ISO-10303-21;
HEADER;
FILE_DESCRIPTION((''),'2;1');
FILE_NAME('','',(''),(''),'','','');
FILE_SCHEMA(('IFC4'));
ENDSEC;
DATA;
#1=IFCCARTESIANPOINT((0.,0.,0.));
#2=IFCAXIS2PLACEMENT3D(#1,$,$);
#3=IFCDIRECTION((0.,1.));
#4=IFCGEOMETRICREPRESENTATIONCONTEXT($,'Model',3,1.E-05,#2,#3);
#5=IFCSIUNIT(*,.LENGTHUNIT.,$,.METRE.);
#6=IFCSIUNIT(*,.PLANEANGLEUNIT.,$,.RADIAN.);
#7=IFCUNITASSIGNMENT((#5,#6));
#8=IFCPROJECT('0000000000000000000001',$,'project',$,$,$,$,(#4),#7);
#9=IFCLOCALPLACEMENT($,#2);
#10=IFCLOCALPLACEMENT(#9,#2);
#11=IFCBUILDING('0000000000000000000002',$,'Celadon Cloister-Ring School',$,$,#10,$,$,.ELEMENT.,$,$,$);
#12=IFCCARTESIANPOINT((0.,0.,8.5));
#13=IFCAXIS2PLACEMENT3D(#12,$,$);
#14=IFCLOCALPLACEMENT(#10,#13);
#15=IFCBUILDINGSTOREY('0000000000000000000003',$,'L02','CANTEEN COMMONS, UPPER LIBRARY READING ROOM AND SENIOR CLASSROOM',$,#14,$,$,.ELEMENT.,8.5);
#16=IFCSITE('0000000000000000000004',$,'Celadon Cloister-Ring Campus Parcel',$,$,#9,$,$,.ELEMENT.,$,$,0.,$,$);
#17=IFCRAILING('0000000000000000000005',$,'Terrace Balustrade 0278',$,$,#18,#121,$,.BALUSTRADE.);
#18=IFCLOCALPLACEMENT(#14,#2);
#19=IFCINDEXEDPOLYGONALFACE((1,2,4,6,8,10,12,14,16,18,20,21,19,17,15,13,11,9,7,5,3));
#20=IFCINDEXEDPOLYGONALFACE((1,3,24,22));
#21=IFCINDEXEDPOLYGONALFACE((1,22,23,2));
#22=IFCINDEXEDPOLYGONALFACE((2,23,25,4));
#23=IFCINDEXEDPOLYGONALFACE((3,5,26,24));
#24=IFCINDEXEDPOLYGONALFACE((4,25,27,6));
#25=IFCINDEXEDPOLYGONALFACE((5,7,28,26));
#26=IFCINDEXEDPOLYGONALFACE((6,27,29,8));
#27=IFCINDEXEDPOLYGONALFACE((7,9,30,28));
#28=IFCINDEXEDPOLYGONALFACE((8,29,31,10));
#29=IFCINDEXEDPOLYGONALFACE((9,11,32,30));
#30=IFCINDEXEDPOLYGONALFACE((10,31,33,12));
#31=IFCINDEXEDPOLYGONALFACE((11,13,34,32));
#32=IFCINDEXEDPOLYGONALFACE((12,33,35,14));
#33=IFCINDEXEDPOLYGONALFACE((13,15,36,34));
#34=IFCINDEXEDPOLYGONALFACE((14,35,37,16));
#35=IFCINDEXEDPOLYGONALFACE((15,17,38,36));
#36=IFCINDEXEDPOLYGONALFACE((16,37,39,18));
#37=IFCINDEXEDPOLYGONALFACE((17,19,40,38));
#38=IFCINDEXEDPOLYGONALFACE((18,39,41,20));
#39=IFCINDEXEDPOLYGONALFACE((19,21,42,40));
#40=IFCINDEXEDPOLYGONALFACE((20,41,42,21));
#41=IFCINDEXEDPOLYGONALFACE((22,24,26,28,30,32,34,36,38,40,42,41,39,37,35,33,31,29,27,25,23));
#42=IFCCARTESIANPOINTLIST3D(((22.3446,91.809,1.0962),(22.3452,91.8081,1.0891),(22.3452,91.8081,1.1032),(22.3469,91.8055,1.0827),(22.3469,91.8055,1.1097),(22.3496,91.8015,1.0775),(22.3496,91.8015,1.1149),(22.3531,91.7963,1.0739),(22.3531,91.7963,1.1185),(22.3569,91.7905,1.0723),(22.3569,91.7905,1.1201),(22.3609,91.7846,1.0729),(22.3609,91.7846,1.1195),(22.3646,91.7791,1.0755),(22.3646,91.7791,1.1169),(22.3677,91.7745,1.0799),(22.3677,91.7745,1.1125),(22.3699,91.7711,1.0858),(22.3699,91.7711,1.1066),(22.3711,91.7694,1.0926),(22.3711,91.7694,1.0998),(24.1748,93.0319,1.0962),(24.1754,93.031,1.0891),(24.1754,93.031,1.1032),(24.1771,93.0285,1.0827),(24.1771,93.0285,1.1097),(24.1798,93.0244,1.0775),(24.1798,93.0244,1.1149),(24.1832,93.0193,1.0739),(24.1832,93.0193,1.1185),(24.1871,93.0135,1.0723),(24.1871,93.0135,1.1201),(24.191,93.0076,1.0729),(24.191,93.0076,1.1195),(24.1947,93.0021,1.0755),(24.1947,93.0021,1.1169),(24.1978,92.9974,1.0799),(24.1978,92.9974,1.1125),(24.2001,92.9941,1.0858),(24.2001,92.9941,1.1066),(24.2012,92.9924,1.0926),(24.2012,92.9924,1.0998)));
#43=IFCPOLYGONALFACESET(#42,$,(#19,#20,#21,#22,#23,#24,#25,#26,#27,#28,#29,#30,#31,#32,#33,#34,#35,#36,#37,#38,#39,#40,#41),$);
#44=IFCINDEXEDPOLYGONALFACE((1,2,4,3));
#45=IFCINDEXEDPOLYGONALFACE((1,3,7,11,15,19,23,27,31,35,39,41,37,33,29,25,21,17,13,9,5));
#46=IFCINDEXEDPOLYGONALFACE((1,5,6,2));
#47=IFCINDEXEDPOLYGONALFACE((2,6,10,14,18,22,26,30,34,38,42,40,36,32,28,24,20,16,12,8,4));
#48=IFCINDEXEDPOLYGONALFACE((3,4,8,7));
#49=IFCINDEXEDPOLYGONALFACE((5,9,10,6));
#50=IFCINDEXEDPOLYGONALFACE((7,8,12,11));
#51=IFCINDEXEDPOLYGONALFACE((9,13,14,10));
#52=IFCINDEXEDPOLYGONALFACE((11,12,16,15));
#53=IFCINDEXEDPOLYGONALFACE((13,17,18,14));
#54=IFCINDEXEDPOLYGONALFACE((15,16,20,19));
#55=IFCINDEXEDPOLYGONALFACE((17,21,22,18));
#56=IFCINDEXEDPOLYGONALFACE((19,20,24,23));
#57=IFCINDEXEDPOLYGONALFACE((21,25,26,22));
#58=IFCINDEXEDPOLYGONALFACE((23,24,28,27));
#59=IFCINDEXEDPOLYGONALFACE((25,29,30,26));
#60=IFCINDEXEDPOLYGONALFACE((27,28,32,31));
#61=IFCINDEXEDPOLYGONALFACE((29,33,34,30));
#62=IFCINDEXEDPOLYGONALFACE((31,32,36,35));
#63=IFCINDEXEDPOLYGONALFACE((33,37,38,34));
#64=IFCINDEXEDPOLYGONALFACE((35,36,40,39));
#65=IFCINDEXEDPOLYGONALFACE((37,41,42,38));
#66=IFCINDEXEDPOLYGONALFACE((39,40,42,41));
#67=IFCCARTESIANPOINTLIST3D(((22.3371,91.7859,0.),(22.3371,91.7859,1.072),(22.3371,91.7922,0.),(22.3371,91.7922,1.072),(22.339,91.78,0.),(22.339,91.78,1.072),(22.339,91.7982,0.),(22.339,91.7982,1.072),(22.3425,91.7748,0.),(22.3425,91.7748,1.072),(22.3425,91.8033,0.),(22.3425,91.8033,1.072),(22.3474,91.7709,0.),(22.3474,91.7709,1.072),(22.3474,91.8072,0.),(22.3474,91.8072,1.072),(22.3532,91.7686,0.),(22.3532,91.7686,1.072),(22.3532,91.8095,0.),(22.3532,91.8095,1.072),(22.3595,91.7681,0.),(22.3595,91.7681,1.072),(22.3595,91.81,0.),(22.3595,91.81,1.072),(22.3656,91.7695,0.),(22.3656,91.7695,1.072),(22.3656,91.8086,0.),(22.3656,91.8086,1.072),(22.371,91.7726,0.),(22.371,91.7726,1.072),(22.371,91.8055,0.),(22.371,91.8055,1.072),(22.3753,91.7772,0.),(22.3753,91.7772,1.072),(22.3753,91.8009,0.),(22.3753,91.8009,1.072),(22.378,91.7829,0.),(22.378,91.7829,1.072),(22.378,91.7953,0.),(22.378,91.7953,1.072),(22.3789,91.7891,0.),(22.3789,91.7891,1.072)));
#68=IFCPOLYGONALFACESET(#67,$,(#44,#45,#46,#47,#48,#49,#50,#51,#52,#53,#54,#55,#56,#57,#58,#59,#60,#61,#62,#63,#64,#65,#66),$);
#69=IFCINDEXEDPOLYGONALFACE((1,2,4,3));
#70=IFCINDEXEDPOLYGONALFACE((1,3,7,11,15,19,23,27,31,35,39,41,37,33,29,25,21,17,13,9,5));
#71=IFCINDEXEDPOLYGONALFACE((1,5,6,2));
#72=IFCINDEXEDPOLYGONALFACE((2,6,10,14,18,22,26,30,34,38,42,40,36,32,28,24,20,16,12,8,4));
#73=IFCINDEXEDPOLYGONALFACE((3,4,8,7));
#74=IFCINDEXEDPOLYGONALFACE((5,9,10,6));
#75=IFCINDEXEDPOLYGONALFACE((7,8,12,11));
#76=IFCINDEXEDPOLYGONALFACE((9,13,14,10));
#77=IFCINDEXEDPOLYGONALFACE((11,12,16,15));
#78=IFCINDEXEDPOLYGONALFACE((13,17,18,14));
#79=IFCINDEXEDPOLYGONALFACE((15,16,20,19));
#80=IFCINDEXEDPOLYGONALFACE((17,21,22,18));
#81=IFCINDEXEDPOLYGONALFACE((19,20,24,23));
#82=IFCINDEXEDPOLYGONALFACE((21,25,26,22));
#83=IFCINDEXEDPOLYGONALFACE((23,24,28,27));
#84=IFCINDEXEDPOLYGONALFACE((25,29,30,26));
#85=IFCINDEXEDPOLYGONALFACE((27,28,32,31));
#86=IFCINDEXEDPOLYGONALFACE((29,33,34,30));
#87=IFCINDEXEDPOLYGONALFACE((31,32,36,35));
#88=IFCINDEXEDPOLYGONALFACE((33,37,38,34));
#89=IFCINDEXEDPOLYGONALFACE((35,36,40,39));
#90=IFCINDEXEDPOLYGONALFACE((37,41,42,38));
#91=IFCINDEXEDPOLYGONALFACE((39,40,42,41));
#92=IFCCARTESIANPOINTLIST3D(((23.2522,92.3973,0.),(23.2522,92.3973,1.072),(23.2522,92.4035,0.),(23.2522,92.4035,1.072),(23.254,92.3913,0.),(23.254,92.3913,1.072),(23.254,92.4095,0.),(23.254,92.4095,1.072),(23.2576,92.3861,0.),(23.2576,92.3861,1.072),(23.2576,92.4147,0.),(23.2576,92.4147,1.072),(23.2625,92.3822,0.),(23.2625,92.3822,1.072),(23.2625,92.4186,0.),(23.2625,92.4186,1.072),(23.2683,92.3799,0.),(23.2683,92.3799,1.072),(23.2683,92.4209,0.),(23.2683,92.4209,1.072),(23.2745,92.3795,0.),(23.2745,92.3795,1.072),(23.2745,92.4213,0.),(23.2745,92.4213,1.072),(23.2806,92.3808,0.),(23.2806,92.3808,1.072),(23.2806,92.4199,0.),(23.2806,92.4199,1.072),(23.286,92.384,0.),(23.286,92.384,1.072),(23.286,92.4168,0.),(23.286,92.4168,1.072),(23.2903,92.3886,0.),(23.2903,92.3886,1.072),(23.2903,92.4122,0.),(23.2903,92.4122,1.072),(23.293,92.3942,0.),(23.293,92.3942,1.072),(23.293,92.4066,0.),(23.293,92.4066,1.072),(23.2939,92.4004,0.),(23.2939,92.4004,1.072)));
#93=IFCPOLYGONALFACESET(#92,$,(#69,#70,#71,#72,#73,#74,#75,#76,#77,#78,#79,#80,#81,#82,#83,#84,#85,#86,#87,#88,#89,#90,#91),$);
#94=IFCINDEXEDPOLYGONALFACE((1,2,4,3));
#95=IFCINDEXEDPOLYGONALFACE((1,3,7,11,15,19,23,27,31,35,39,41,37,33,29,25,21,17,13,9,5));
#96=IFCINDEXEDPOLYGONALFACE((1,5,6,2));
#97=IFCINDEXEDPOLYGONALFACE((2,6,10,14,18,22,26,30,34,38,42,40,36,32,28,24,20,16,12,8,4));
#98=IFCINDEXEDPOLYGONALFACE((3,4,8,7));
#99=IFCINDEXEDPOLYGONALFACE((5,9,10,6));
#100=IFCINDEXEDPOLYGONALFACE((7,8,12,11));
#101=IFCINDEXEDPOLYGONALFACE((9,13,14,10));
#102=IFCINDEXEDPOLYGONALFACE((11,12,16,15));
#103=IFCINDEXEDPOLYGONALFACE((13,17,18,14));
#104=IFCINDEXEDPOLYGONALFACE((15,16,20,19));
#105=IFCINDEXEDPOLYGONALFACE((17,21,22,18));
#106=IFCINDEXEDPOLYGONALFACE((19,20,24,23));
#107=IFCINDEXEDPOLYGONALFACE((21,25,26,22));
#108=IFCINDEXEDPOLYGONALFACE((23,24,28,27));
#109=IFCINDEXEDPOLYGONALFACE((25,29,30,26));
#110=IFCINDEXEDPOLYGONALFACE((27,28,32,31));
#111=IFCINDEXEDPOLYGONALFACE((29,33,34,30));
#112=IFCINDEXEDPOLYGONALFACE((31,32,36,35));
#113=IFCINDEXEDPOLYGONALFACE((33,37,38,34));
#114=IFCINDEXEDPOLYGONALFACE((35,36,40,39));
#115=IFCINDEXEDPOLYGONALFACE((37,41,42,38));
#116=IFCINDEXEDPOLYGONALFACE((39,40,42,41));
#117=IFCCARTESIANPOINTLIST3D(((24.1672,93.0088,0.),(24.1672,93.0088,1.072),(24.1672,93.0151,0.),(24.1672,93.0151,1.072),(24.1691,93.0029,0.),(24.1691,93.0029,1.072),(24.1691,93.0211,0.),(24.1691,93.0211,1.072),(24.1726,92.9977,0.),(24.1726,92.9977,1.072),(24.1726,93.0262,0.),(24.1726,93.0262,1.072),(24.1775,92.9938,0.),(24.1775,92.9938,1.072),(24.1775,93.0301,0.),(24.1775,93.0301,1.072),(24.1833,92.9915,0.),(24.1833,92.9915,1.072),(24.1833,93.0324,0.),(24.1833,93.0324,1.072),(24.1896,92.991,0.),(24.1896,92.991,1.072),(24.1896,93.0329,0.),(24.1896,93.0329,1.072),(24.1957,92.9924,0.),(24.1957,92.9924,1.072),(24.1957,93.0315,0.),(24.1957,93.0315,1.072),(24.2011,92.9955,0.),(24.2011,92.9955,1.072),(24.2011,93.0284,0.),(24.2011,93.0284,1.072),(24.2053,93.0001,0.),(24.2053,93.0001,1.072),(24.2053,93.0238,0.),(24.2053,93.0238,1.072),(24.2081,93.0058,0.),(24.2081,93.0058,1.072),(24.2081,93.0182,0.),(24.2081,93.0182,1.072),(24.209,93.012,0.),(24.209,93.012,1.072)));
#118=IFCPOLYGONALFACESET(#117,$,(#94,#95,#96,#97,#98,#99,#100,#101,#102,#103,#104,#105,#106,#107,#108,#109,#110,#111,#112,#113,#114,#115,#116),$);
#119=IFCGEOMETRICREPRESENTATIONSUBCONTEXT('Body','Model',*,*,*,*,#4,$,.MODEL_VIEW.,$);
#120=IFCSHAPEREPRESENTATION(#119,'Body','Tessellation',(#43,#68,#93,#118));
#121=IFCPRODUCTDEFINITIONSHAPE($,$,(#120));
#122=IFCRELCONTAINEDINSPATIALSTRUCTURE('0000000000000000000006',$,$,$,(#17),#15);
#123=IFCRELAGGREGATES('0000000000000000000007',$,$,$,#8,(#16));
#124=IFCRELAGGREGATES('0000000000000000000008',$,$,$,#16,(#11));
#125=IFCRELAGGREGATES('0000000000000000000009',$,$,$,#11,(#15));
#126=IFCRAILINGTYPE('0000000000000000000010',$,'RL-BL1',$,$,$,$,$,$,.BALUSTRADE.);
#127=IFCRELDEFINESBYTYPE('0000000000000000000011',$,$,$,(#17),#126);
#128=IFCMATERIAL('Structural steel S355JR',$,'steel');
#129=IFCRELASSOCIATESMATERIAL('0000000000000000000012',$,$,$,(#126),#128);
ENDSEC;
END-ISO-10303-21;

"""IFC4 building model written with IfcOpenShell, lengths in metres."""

from ifc_helpers import new_model, si_unit, direction, frame, origin, origin_2d, place, context, subcontext, project, spatial, circle, extrude, material, type_object, element, save


model = new_model("IFC4")

# Units and contexts
model_context = context("Model", 3, precision=1e-05, world=origin(), true_north=direction((0.0, 1.0)))
body_context = subcontext(model_context, "Body", "Model", "MODEL_VIEW")
ifc_project = project(units=[si_unit("LENGTHUNIT", "METRE"), si_unit("PLANEANGLEUNIT", "RADIAN")], contexts=[model_context])

# Site, building, storey
site_placement = place(None, origin())
site = spatial("IfcSite", under=ifc_project, at=site_placement, Name="Celadon Cloister-Ring Campus Parcel", CompositionType="ELEMENT", RefElevation=0.0)
building_placement = place(site_placement, origin())
building = spatial("IfcBuilding", under=site, at=building_placement, Name="Celadon Cloister-Ring School", CompositionType="ELEMENT")
storey_placement = place(building_placement, frame((0.0, 0.0, 8.5)))
storey = spatial("IfcBuildingStorey", under=building, at=storey_placement, Name="L02", Description="CANTEEN COMMONS, UPPER LIBRARY READING ROOM AND SENIOR CLASSROOM", CompositionType="ELEMENT", Elevation=8.5)

# Railing
ifc_material_1 = material(Name="Structural steel S355JR", Category="steel")
railing_type = type_object("IfcRailingType", Name="RL-BL1", PredefinedType="BALUSTRADE", material=ifc_material_1)
railing_placement = place(storey_placement, frame((22.3579, 91.7891, 0.0)))
element("IfcRailing", 1, at=railing_placement, inside=storey, type_object=railing_type, Name="Terrace Balustrade 0278", PredefinedType="BALUSTRADE", context=body_context, shape_type="SweptSolid", body=[
    extrude(circle(Radius=0.0239, at=origin_2d()), frame((0.0, 0.0, 1.0962), z_axis=(0.831453, 0.555596, 0.0), x_axis=(-0.555596, 0.831453, 0.0)), (0.0, 0.0, 1.0), 2.2012),
    extrude(circle(Radius=0.021, at=origin_2d()), origin(), (0.0, 0.0, 1.0), 1.072),
    extrude(circle(Radius=0.021, at=origin_2d()), frame((0.915, 0.6113, 0.0)), (0.0, 0.0, 1.0), 1.072),
    extrude(circle(Radius=0.021, at=origin_2d()), frame((1.8301, 1.2229, 0.0)), (0.0, 0.0, 1.0), 1.072),
])

save(model, "model.ifc")
